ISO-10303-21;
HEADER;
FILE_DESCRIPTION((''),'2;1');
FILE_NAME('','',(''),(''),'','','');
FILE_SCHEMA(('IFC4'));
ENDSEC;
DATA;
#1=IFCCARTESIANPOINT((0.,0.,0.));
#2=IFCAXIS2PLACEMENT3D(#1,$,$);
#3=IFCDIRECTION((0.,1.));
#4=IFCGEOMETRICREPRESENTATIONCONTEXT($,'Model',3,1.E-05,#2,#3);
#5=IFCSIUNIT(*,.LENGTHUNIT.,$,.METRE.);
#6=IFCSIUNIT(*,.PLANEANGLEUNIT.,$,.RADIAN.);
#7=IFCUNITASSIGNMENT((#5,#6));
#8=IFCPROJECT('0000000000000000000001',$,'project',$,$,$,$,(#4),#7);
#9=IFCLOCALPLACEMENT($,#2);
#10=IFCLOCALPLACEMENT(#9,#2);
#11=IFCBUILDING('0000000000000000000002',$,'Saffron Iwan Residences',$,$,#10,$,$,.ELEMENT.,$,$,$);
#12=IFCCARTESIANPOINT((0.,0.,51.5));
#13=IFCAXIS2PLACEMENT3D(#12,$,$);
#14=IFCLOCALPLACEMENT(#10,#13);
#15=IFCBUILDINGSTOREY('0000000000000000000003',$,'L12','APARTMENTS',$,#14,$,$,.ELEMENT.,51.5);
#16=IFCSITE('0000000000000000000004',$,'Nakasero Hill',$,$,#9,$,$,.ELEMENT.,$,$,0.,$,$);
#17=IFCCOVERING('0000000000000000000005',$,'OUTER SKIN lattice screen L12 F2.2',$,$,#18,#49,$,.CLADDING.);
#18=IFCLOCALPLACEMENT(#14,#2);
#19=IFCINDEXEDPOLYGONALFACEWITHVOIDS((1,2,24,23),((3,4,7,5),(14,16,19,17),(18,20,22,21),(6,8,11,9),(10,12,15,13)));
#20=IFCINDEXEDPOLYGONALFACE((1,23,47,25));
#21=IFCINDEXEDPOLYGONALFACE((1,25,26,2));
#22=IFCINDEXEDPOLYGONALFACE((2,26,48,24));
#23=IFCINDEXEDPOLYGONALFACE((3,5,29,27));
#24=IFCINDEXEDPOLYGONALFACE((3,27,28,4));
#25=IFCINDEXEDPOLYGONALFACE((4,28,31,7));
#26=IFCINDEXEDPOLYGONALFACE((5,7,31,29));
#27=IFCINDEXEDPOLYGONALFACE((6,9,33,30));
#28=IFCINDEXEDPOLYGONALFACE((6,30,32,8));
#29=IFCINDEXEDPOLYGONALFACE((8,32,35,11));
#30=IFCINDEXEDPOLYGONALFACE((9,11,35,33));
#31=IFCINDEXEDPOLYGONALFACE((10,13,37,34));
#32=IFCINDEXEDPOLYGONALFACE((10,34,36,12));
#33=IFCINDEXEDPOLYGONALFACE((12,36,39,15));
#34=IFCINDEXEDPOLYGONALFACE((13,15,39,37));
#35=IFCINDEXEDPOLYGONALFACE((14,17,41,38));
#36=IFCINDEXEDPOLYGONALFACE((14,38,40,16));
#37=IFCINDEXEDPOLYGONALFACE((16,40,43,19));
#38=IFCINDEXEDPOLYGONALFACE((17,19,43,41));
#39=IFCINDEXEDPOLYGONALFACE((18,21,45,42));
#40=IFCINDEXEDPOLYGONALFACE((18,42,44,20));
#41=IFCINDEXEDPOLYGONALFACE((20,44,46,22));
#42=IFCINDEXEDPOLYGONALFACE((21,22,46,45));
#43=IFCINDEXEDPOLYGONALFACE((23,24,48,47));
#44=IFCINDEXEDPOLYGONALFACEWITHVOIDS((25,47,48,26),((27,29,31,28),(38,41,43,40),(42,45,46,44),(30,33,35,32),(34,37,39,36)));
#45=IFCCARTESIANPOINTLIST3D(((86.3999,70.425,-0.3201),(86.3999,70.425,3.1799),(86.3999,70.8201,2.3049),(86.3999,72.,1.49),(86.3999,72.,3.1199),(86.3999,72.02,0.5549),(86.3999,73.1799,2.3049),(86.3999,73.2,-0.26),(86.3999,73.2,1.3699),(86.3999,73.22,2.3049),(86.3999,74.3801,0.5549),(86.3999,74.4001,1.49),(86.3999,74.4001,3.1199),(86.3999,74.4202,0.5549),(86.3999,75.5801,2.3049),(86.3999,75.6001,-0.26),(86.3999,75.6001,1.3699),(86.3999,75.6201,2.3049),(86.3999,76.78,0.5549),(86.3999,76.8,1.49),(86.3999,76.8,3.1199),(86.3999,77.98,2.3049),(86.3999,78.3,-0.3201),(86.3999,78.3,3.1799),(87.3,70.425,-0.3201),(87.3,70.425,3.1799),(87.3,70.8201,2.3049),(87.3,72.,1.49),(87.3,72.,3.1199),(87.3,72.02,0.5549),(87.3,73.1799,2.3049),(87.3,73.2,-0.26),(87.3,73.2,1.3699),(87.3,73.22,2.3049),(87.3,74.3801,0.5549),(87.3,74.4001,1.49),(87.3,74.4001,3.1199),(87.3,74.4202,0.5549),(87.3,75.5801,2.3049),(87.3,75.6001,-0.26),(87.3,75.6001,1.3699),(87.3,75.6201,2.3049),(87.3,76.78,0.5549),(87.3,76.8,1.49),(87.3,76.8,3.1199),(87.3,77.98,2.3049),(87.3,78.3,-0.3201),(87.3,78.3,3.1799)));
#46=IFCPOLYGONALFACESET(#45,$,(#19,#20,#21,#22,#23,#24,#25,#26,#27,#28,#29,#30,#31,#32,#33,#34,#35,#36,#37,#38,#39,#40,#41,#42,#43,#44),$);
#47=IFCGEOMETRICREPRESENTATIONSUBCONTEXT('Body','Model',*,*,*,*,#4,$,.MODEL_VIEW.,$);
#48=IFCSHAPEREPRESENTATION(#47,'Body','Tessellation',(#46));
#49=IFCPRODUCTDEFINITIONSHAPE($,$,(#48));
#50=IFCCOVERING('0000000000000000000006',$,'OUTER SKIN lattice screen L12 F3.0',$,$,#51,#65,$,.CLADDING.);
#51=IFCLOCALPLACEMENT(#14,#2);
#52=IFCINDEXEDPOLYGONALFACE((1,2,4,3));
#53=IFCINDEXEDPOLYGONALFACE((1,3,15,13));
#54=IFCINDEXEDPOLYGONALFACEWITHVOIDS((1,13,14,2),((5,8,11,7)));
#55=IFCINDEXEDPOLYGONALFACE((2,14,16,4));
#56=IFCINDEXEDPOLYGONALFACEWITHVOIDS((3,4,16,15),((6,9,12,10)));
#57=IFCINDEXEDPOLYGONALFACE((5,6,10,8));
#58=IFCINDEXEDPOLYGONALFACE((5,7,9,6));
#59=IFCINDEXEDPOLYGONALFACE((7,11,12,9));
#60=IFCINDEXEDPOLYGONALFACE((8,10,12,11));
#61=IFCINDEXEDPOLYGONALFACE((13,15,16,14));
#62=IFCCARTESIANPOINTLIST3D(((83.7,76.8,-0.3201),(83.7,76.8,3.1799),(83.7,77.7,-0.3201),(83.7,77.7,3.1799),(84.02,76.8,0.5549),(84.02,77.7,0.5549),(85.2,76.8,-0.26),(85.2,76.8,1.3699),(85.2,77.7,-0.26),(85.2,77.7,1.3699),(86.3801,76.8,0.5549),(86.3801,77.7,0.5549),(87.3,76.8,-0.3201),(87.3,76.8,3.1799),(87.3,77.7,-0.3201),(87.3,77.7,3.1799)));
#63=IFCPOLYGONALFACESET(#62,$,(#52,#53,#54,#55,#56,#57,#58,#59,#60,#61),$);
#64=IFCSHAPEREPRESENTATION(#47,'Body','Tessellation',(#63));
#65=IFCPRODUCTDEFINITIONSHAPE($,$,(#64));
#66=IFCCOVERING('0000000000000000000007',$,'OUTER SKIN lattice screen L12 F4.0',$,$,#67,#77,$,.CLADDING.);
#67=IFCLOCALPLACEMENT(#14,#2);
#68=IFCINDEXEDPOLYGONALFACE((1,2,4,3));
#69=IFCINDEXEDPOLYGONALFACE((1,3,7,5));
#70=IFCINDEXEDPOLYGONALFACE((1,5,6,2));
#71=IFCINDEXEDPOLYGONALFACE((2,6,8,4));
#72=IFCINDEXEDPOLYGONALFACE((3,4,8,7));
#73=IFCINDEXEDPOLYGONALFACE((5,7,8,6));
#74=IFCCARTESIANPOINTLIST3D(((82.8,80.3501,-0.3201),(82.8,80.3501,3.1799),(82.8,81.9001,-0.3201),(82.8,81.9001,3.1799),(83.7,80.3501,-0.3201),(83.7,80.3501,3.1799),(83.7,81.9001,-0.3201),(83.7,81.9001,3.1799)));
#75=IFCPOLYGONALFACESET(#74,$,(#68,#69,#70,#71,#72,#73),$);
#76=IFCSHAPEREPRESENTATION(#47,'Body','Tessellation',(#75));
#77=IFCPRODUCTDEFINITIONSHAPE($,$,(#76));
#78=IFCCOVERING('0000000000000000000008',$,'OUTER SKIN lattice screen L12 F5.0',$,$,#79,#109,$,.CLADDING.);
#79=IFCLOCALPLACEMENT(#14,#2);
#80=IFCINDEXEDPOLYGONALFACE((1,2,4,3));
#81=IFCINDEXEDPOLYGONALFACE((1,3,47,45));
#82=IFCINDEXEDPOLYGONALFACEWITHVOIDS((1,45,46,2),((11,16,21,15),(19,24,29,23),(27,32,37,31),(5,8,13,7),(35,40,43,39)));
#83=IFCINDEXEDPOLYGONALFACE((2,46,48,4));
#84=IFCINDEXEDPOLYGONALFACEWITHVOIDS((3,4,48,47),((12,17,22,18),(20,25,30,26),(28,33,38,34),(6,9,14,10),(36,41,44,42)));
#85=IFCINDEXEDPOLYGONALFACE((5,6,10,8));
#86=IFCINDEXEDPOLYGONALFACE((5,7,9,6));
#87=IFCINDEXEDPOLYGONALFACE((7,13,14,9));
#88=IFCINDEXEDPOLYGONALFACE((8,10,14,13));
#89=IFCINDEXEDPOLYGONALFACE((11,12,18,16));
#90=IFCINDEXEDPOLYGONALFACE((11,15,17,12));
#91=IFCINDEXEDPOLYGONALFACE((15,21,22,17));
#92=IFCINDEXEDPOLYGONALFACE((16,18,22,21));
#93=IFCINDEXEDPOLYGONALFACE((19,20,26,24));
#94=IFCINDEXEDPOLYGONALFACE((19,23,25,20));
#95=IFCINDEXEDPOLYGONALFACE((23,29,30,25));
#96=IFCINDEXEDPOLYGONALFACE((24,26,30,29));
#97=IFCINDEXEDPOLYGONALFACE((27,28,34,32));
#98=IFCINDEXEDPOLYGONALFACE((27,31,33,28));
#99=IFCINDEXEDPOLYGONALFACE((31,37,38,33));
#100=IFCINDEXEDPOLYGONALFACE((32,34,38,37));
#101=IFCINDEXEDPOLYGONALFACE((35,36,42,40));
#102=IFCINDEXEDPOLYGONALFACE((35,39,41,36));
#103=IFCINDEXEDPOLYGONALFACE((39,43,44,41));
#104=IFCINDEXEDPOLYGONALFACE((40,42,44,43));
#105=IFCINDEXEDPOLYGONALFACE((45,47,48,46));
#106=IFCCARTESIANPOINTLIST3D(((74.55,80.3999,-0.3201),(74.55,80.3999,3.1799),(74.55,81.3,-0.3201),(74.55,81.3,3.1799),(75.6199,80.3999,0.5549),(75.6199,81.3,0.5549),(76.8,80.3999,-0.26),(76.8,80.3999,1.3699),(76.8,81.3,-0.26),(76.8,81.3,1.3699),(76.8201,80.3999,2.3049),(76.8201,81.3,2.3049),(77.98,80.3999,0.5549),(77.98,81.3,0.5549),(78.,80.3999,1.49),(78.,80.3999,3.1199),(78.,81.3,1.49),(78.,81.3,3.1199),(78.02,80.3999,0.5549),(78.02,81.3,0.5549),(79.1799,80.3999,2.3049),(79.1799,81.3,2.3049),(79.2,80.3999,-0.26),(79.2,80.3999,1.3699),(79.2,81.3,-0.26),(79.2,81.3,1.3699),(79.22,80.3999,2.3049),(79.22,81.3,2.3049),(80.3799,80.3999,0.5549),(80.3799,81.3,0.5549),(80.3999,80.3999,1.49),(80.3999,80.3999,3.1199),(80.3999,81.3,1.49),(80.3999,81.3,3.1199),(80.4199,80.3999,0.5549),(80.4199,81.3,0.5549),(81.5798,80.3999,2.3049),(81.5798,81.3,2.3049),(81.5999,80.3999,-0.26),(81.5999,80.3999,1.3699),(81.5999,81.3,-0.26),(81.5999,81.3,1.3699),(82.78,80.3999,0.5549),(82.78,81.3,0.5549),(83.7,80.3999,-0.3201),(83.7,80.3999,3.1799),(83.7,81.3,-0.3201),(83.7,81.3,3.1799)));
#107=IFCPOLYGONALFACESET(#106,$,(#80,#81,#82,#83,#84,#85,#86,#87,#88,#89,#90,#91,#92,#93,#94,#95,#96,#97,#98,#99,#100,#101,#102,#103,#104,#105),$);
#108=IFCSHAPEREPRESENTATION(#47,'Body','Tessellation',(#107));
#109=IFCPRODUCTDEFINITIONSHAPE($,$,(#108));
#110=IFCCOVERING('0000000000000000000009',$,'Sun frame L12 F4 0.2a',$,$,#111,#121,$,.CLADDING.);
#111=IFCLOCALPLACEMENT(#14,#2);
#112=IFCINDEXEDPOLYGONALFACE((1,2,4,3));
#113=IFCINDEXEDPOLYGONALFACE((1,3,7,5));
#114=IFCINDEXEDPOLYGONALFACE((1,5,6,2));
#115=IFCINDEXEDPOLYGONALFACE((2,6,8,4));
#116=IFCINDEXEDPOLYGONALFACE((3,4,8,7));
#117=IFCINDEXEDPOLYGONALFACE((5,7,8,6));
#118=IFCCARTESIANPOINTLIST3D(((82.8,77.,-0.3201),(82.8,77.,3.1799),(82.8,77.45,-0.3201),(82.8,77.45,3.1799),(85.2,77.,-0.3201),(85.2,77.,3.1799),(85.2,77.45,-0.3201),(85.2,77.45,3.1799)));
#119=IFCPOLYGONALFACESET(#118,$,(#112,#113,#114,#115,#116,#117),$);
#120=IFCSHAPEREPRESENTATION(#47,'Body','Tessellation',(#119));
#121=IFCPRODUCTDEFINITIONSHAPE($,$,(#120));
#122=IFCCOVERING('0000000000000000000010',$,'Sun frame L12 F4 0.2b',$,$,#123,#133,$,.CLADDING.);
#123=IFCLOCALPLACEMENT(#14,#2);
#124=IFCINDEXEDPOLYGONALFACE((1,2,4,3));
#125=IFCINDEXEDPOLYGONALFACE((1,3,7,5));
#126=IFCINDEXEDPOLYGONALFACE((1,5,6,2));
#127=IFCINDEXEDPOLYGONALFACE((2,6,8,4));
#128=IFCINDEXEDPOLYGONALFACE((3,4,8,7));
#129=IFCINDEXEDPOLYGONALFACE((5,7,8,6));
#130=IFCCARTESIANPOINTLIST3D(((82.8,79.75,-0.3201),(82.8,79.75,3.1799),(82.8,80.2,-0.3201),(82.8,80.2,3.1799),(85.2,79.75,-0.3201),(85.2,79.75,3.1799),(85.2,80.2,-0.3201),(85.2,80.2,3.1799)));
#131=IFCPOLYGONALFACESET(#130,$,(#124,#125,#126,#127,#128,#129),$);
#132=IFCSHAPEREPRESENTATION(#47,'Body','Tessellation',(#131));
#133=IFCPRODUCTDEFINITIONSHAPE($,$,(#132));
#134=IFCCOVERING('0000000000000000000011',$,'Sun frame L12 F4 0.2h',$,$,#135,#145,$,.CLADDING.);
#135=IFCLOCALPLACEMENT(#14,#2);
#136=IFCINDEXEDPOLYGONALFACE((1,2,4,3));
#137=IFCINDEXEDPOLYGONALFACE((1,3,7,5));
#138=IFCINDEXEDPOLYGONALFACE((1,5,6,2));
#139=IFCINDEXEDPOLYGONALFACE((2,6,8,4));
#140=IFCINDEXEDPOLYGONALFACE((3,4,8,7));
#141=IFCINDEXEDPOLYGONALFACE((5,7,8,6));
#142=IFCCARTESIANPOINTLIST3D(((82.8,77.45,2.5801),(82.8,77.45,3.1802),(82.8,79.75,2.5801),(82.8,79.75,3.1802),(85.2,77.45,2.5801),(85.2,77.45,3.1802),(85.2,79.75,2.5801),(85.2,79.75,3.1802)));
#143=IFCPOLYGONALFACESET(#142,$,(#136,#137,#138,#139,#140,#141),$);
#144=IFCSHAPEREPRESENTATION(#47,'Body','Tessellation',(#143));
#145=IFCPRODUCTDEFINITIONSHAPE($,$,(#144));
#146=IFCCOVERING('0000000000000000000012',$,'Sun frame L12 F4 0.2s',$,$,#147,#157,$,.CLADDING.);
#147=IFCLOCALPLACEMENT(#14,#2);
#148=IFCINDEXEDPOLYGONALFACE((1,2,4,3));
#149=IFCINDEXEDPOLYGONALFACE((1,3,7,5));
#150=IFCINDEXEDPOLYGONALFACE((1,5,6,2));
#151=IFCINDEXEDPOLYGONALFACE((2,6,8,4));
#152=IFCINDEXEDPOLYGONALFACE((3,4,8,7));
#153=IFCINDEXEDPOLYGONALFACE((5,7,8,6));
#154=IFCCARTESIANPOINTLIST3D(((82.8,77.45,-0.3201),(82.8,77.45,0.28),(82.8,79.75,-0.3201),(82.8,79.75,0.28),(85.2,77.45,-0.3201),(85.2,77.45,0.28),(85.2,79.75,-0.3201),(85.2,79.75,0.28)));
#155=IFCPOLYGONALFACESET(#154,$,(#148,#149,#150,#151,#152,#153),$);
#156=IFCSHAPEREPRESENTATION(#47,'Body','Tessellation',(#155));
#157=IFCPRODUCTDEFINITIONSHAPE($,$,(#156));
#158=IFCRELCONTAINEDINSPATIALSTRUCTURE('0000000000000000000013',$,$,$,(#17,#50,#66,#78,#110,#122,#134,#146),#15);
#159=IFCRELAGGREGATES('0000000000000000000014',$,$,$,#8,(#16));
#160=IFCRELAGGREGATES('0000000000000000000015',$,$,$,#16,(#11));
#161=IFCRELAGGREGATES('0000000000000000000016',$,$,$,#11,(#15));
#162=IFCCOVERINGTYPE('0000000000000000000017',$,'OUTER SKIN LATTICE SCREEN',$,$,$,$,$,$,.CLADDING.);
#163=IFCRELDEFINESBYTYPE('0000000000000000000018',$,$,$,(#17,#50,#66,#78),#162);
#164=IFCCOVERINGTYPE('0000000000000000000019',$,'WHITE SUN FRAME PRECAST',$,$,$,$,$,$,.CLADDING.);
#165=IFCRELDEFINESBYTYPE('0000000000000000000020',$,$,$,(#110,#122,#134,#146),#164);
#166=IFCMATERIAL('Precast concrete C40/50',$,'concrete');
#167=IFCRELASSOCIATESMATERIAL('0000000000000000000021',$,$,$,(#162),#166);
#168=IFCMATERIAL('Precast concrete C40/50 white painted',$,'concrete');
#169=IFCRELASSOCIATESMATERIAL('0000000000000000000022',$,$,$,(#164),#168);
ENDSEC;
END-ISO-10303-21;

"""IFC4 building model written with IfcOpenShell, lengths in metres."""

from ifc_helpers import new_model, si_unit, direction, frame, origin, place, context, subcontext, project, spatial, polyline, outline, extrude, material, type_object, element, save


model = new_model("IFC4")

# Units and contexts
model_context = context("Model", 3, precision=1e-05, world=origin(), true_north=direction((0.0, 1.0)))
body_context = subcontext(model_context, "Body", "Model", "MODEL_VIEW")
ifc_project = project(units=[si_unit("LENGTHUNIT", "METRE"), si_unit("PLANEANGLEUNIT", "RADIAN")], contexts=[model_context])

# Site, building, storey
site_placement = place(None, origin())
site = spatial("IfcSite", under=ifc_project, at=site_placement, Name="Nakasero Hill", CompositionType="ELEMENT", RefElevation=0.0)
building_placement = place(site_placement, origin())
building = spatial("IfcBuilding", under=site, at=building_placement, Name="Saffron Iwan Residences", CompositionType="ELEMENT")
storey_placement = place(building_placement, frame((0.0, 0.0, 51.5)))
storey = spatial("IfcBuildingStorey", under=building, at=storey_placement, Name="L12", Description="APARTMENTS", CompositionType="ELEMENT", Elevation=51.5)

# Coverings
ifc_material_1 = material(Name="Precast concrete C40/50", Category="concrete")
covering_type_1 = type_object("IfcCoveringType", Name="OUTER SKIN LATTICE SCREEN", PredefinedType="CLADDING", material=ifc_material_1)
covering_1_placement = place(storey_placement, frame((86.3999, 70.425, -0.3201), z_axis=(1.0, 0.0, 0.0), x_axis=(0.0, 1.0, 0.0)))
element("IfcCovering", 1, at=covering_1_placement, inside=storey, type_object=covering_type_1, Name="OUTER SKIN lattice screen L12 F2.2", PredefinedType="CLADDING", context=body_context, shape_type="SweptSolid", body=[
    extrude(outline(polyline([(0.0, 0.0), (7.875, 0.0), (7.875, 3.5), (0.0, 3.5), (0.0, 0.0)]), holes=[polyline([(1.595, 0.875), (2.7749, 0.0601), (3.9551, 0.875), (2.7749, 1.6899), (1.595, 0.875)]), polyline([(3.9951, 0.875), (5.175, 0.0601), (6.355, 0.875), (5.175, 1.6899), (3.9951, 0.875)]), polyline([(0.395, 2.625), (1.575, 1.8101), (2.7549, 2.625), (1.575, 3.4399), (0.395, 2.625)]), polyline([(2.7949, 2.625), (3.9751, 1.8101), (5.155, 2.625), (3.9751, 3.4399), (2.7949, 2.625)]), polyline([(5.1951, 2.625), (6.375, 1.8101), (7.5549, 2.625), (6.375, 3.4399), (5.1951, 2.625)])]), origin(), (0.0, 0.0, 1.0), 0.9001),
])
covering_2_placement = place(storey_placement, frame((87.3, 76.8, -0.3201), z_axis=(0.0, 1.0, 0.0), x_axis=(-1.0, 0.0, 0.0)))
element("IfcCovering", 2, at=covering_2_placement, inside=storey, type_object=covering_type_1, Name="OUTER SKIN lattice screen L12 F3.0", PredefinedType="CLADDING", context=body_context, shape_type="SweptSolid", body=[
    extrude(outline(polyline([(0.0, 0.0), (3.6001, 0.0), (3.6001, 3.5), (0.0, 3.5), (0.0, 0.0)]), holes=[polyline([(0.9199, 0.875), (2.1001, 0.0601), (3.28, 0.875), (2.1001, 1.6899), (0.9199, 0.875)])]), origin(), (0.0, 0.0, 1.0), 0.8999),
])
covering_3_placement = place(storey_placement, frame((82.8, 80.3501, -0.3201), z_axis=(1.0, 0.0, 0.0), x_axis=(0.0, 1.0, 0.0)))
element("IfcCovering", 3, at=covering_3_placement, inside=storey, type_object=covering_type_1, Name="OUTER SKIN lattice screen L12 F4.0", PredefinedType="CLADDING", context=body_context, shape_type="SweptSolid", body=[
    extrude(outline(polyline([(0.0, 0.0), (1.55, 0.0), (1.55, 3.5), (0.0, 3.5), (0.0, 0.0)])), origin(), (0.0, 0.0, 1.0), 0.8999),
])
covering_4_placement = place(storey_placement, frame((83.7, 80.3999, -0.3201), z_axis=(0.0, 1.0, 0.0), x_axis=(-1.0, 0.0, 0.0)))
element("IfcCovering", 4, at=covering_4_placement, inside=storey, type_object=covering_type_1, Name="OUTER SKIN lattice screen L12 F5.0", PredefinedType="CLADDING", context=body_context, shape_type="SweptSolid", body=[
    extrude(outline(polyline([(0.0, 0.0), (9.1499, 0.0), (9.1499, 3.5), (0.0, 3.5), (0.0, 0.0)]), holes=[polyline([(0.9199, 0.875), (2.1001, 0.0601), (3.28, 0.875), (2.1001, 1.6899), (0.9199, 0.875)]), polyline([(3.3201, 0.875), (4.5, 0.0601), (5.6799, 0.875), (4.5, 1.6899), (3.3201, 0.875)]), polyline([(5.72, 0.875), (6.8999, 0.0601), (8.0801, 0.875), (6.8999, 1.6899), (5.72, 0.875)]), polyline([(2.1201, 2.625), (3.3, 1.8101), (4.48, 2.625), (3.3, 3.4399), (2.1201, 2.625)]), polyline([(4.52, 2.625), (5.7, 1.8101), (6.8799, 2.625), (5.7, 3.4399), (4.52, 2.625)])]), origin(), (0.0, 0.0, 1.0), 0.9001),
])
ifc_material_2 = material(Name="Precast concrete C40/50 white painted", Category="concrete")
covering_type_2 = type_object("IfcCoveringType", Name="WHITE SUN FRAME PRECAST", PredefinedType="CLADDING", material=ifc_material_2)
for number, where, z_axis, x_axis, name in (
    (5, (82.8, 77.0, -0.3201), (1.0, 0.0, 0.0), (0.0, 1.0, 0.0), "Sun frame L12 F4 0.2a"),
    (6, (82.8, 79.75, -0.3201), (1.0, 0.0, 0.0), (0.0, 1.0, 0.0), "Sun frame L12 F4 0.2b"),
):
    element("IfcCovering", number, at=place(storey_placement, frame(where, z_axis=z_axis, x_axis=x_axis)), inside=storey, type_object=covering_type_2, Name=name, PredefinedType="CLADDING", context=body_context, shape_type="SweptSolid", body=[
        extrude(outline(polyline([(0.0, 0.0), (0.45, 0.0), (0.45, 3.5), (0.0, 3.5), (0.0, 0.0)])), origin(), (0.0, 0.0, 1.0), 2.3999),
    ])
for number, where, z_axis, x_axis, name in (
    (7, (82.8, 77.45, 2.5801), (1.0, 0.0, 0.0), (0.0, 1.0, 0.0), "Sun frame L12 F4 0.2h"),
    (8, (82.8, 77.45, -0.3201), (1.0, 0.0, 0.0), (0.0, 1.0, 0.0), "Sun frame L12 F4 0.2s"),
):
    element("IfcCovering", number, at=place(storey_placement, frame(where, z_axis=z_axis, x_axis=x_axis)), inside=storey, type_object=covering_type_2, Name=name, PredefinedType="CLADDING", context=body_context, shape_type="SweptSolid", body=[
        extrude(outline(polyline([(0.0, 0.0), (2.3, 0.0), (2.3, 0.6001), (0.0, 0.6001), (0.0, 0.0)])), origin(), (0.0, 0.0, 1.0), 2.3999),
    ])

save(model, "model.ifc")
